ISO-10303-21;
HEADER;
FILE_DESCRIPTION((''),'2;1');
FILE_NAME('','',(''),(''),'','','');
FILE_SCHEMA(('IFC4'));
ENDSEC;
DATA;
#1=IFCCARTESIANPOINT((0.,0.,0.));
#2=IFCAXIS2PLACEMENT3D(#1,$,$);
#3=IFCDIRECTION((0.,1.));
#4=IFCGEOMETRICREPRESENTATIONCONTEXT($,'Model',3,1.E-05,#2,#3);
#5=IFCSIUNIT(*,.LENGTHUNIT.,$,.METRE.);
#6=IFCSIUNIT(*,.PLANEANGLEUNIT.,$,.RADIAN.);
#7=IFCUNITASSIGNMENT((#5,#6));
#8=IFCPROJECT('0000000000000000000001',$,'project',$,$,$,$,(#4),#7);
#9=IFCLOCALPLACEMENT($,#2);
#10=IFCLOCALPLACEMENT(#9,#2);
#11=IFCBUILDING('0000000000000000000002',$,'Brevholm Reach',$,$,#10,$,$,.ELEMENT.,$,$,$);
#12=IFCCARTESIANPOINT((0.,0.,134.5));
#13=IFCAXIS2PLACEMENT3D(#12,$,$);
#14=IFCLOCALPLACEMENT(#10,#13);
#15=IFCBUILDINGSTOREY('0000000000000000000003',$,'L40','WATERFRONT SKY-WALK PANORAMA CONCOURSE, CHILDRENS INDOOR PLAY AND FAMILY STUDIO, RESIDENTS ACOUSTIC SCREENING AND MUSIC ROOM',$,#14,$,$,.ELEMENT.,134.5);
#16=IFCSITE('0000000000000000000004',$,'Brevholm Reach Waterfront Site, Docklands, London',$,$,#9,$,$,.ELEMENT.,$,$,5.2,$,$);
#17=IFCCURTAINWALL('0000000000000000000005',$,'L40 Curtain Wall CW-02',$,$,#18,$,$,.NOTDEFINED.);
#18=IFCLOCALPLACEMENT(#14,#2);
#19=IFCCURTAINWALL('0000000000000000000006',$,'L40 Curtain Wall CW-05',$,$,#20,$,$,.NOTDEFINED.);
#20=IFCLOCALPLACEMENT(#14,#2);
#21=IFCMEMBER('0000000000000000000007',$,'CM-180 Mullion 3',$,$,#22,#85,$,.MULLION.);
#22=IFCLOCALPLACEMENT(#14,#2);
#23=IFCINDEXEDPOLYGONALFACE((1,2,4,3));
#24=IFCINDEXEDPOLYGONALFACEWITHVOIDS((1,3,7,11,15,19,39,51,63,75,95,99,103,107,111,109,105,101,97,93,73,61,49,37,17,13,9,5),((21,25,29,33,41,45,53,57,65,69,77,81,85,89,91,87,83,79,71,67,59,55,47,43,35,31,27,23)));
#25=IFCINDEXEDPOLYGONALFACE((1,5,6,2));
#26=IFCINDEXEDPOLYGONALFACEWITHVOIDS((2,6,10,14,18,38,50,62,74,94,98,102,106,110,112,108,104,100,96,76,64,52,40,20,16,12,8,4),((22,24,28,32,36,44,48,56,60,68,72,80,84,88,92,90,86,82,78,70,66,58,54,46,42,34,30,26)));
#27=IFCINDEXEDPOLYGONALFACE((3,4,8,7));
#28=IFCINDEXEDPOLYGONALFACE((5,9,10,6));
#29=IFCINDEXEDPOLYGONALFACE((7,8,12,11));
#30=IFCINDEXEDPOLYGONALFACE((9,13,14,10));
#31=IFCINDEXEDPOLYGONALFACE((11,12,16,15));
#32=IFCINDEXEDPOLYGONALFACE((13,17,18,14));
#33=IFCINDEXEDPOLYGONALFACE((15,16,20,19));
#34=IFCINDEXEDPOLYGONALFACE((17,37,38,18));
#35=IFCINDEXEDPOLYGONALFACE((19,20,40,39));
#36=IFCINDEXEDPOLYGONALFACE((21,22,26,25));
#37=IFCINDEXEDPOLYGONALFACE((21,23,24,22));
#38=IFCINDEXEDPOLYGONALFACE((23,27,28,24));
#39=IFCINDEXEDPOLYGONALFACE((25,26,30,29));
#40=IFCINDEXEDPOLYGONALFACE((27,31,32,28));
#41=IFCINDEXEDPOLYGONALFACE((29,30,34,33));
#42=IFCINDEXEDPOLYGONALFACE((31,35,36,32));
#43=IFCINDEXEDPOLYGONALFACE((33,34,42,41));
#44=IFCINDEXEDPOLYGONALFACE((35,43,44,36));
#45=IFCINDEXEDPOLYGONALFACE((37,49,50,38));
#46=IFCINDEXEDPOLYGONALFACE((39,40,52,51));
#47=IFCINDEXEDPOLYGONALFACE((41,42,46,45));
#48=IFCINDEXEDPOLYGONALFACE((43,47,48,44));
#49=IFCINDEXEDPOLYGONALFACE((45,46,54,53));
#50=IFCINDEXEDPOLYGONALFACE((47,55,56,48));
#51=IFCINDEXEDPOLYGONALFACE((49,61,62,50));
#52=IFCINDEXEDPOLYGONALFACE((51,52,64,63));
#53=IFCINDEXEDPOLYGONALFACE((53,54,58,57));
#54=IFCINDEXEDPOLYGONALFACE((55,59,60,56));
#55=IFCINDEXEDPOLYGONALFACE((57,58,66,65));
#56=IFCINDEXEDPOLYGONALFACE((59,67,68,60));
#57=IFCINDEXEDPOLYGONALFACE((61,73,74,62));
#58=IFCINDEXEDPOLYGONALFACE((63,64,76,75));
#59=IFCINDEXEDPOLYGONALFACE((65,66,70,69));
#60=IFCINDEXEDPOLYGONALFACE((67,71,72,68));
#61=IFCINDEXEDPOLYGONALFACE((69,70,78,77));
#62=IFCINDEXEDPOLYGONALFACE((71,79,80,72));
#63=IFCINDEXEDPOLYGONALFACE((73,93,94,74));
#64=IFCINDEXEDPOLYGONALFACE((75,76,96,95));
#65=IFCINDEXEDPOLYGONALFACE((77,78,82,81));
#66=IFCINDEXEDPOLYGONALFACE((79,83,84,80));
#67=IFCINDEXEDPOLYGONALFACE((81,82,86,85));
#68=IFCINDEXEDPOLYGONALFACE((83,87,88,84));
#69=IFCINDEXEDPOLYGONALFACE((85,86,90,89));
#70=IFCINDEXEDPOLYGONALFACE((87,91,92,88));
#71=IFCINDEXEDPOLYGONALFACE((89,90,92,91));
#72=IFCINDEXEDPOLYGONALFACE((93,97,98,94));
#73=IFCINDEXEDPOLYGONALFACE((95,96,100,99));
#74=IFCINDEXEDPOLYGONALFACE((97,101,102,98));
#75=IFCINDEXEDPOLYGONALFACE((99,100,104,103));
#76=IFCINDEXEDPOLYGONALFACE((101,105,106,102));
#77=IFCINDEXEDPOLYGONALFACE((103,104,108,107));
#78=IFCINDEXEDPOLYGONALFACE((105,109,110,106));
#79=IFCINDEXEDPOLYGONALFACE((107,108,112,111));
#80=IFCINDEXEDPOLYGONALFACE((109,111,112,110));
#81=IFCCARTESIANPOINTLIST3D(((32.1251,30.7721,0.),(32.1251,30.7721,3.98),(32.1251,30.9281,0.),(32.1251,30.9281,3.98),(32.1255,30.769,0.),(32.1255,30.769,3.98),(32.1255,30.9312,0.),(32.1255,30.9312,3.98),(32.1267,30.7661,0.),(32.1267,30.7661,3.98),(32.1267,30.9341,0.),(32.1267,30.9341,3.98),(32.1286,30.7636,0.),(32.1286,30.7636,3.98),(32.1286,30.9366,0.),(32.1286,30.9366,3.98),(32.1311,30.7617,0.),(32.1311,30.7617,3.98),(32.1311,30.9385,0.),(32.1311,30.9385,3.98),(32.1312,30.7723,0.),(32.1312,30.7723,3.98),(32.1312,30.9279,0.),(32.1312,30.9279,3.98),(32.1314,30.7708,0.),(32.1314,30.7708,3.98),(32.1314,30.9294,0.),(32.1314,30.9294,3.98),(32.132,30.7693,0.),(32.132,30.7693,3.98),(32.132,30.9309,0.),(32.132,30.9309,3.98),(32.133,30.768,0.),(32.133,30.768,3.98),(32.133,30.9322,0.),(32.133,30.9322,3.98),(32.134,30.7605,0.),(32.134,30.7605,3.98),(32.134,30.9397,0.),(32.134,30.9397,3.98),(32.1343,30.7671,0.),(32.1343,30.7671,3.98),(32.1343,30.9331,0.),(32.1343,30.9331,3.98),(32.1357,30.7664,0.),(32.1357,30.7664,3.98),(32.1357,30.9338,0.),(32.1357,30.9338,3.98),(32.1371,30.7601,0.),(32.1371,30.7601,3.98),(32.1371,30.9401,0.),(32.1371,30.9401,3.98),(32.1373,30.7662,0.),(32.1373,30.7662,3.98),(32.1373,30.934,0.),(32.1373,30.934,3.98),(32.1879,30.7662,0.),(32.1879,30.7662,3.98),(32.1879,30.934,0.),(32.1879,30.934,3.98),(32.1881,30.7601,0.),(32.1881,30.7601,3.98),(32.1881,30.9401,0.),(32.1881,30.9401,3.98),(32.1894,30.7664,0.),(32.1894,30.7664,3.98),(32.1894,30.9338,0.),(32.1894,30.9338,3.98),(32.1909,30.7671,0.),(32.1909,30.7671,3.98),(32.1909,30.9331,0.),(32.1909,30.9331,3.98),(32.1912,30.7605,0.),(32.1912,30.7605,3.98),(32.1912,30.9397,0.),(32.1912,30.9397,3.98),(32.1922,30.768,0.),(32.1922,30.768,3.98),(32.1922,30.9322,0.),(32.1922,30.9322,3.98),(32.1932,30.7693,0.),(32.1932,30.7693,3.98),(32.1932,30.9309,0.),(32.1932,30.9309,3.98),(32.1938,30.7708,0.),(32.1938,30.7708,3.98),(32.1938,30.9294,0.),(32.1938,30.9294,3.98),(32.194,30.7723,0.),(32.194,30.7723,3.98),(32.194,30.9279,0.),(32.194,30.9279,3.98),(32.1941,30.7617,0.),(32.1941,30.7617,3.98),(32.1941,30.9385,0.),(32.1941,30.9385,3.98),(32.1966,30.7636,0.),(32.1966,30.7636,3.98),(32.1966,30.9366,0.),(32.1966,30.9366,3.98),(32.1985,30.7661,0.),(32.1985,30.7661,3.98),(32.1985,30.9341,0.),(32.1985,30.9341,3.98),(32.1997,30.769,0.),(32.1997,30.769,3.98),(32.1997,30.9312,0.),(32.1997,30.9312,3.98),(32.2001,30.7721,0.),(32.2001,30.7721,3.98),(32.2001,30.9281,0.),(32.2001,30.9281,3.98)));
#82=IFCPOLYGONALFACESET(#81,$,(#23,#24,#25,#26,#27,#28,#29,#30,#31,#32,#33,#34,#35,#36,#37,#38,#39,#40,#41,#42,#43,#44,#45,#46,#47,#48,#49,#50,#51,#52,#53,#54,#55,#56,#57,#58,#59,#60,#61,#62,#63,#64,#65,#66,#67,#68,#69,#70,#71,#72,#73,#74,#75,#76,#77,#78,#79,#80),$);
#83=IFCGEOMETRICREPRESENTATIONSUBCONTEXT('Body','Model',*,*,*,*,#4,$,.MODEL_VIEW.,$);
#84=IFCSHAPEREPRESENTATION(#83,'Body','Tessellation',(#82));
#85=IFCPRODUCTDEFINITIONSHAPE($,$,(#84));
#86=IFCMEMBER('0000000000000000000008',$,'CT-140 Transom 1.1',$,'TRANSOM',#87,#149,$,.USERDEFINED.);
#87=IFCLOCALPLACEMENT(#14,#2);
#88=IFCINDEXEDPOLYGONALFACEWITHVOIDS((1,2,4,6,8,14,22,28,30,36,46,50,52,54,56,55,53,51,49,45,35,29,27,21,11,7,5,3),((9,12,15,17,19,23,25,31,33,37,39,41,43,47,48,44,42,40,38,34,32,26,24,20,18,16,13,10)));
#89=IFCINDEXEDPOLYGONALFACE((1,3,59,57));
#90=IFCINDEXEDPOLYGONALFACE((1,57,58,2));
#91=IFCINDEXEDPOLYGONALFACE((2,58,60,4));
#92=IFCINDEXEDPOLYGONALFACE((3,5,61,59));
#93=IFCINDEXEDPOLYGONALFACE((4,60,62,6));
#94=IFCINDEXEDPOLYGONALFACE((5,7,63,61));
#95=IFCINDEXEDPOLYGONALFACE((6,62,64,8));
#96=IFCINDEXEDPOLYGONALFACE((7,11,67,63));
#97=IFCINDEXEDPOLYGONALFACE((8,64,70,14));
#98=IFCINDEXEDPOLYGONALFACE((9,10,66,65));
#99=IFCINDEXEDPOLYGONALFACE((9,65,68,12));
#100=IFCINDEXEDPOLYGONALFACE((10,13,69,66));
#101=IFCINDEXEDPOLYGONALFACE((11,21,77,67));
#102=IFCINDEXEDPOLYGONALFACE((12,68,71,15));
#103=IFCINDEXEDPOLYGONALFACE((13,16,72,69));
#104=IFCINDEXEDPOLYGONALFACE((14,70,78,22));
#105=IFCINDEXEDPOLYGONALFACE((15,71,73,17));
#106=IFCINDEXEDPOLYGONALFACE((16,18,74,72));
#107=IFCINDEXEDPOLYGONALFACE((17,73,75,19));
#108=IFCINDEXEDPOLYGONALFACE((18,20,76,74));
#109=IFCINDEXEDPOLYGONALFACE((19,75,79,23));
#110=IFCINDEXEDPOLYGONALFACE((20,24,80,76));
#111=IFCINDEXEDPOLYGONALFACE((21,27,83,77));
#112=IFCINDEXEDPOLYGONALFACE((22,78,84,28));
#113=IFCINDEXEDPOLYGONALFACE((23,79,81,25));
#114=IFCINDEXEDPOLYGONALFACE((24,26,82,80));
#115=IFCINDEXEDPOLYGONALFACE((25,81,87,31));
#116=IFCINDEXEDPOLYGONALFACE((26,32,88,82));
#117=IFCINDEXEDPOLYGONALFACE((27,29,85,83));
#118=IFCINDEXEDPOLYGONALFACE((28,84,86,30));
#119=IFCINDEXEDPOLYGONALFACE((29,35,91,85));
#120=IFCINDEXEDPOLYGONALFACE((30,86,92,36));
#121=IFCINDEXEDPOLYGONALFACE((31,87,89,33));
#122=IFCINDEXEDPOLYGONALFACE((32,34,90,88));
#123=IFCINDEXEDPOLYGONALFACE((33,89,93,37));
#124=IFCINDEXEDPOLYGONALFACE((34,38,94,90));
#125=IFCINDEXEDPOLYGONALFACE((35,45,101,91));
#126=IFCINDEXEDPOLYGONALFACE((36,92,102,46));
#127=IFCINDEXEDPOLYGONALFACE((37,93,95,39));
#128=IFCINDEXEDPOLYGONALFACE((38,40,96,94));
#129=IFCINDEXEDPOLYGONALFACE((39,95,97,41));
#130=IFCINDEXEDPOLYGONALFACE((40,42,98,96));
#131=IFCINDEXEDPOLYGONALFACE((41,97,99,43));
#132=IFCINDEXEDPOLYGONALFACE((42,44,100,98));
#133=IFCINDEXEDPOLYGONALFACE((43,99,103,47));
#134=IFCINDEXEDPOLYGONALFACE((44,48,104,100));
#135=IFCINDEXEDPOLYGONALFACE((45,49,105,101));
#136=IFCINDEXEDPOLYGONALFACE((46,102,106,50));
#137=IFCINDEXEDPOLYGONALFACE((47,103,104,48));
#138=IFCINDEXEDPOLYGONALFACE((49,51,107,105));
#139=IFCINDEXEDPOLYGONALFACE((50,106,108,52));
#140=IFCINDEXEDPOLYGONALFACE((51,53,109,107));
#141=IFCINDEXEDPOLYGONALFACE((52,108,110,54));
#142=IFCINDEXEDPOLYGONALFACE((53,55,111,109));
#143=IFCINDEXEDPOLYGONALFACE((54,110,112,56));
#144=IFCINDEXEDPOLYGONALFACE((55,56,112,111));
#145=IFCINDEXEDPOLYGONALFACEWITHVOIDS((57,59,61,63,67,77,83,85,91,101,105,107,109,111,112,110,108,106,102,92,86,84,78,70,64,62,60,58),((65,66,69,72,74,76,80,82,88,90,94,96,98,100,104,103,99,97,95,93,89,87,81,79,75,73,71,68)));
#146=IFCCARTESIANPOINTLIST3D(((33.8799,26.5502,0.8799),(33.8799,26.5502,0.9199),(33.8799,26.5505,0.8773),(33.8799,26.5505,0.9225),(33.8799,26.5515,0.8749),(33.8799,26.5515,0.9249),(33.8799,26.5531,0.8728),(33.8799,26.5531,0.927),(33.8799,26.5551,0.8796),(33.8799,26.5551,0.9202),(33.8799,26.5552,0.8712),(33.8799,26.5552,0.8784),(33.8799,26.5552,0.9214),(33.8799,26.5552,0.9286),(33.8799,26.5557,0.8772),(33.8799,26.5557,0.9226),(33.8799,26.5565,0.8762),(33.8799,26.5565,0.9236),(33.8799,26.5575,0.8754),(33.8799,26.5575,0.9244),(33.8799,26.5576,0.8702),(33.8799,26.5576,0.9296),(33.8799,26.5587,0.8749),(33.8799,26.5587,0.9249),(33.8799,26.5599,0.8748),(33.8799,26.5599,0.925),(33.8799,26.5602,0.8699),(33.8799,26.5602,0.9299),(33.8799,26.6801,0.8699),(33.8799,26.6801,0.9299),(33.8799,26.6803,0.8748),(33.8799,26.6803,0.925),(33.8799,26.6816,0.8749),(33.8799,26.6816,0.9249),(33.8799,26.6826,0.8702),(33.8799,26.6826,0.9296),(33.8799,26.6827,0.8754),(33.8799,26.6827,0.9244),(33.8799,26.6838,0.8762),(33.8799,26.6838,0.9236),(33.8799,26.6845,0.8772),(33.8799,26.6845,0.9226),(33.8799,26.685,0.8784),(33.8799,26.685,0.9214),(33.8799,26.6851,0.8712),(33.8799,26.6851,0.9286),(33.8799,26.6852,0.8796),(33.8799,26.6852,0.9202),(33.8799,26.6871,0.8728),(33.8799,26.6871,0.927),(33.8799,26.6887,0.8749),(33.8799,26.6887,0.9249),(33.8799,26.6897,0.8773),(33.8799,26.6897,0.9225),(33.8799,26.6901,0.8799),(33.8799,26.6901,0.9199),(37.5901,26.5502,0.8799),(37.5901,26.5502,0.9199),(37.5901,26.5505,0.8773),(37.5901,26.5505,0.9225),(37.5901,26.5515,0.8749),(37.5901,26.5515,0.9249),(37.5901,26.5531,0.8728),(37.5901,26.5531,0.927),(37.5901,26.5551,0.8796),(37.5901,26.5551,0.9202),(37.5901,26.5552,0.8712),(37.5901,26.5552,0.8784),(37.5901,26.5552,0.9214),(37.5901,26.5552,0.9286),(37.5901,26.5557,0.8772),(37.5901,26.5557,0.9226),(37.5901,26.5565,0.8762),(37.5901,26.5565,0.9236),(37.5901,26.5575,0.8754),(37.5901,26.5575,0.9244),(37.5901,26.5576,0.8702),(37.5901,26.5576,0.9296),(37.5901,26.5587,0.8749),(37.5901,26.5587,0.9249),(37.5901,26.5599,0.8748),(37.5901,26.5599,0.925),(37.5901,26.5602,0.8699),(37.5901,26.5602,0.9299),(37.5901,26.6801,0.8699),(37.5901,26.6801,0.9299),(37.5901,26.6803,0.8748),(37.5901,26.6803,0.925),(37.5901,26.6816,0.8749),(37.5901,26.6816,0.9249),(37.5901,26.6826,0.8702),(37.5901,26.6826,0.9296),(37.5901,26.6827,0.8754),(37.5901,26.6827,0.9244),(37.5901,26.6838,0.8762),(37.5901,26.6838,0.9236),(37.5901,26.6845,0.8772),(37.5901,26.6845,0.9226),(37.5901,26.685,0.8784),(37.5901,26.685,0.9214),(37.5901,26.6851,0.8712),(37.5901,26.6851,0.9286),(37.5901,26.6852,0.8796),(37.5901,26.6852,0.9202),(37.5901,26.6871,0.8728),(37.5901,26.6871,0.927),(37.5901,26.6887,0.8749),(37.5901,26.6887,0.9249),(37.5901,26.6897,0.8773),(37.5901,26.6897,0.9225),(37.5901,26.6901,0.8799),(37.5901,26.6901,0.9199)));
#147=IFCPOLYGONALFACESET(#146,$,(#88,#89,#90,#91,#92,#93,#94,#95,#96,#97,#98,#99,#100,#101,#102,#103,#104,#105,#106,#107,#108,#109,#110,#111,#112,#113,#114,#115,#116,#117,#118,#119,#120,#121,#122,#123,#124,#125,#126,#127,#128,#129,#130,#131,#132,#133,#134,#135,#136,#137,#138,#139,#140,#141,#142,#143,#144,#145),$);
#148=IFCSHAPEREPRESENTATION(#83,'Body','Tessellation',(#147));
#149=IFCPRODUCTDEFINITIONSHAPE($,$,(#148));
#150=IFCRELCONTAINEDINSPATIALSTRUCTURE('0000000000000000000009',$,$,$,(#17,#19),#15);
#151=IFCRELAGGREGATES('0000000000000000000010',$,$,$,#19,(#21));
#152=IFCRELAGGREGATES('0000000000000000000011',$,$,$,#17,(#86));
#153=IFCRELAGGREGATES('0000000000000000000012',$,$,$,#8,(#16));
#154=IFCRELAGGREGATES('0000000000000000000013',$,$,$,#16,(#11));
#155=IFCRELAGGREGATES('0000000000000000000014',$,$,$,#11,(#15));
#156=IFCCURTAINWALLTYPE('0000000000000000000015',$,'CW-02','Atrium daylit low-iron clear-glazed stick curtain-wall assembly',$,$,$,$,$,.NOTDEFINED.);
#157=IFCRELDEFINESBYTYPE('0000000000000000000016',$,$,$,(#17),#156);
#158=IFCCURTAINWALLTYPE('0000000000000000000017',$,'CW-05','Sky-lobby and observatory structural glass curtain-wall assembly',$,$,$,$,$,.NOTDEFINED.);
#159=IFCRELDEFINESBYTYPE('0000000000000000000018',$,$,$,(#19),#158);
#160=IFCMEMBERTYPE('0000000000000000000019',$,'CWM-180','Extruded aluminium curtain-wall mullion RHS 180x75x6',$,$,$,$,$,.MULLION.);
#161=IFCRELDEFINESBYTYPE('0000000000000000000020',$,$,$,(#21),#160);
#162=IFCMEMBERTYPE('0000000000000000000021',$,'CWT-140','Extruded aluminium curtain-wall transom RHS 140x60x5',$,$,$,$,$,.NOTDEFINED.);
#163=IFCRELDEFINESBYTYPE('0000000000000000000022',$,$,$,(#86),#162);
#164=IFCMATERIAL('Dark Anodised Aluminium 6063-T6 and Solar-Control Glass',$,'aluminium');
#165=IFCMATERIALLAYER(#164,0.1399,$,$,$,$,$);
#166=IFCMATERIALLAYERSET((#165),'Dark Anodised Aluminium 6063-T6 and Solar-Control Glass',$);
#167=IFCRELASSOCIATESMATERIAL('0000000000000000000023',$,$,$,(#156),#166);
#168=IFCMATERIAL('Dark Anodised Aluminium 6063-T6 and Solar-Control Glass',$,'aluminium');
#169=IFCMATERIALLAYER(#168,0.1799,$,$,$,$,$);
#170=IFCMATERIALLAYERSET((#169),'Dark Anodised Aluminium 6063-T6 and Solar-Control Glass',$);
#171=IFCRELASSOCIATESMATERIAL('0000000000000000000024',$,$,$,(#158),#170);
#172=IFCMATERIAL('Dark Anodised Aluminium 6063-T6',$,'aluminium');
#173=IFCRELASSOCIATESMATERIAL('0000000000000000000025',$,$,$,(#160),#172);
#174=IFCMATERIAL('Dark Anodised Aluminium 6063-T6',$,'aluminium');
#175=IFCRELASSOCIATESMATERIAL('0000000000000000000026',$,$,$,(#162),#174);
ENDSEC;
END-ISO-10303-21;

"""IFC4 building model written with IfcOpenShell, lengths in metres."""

from ifc_helpers import new_model, si_unit, direction, frame, origin, origin_2d, place, context, subcontext, project, spatial, hollow_rectangle, extrude, material, layer, layer_set, material_profile, profile_set, type_object, element, aggregate, save


model = new_model("IFC4")

# Units and contexts
model_context = context("Model", 3, precision=1e-05, world=origin(), true_north=direction((0.0, 1.0)))
body_context = subcontext(model_context, "Body", "Model", "MODEL_VIEW")
ifc_project = project(units=[si_unit("LENGTHUNIT", "METRE"), si_unit("PLANEANGLEUNIT", "RADIAN")], contexts=[model_context])

# Site, building, storey
site_placement = place(None, origin())
site = spatial("IfcSite", under=ifc_project, at=site_placement, Name="Brevholm Reach Waterfront Site, Docklands, London", CompositionType="ELEMENT", RefElevation=5.2)
building_placement = place(site_placement, origin())
building = spatial("IfcBuilding", under=site, at=building_placement, Name="Brevholm Reach", CompositionType="ELEMENT")
storey_placement = place(building_placement, frame((0.0, 0.0, 134.5)))
storey = spatial("IfcBuildingStorey", under=building, at=storey_placement, Name="L40", Description="WATERFRONT SKY-WALK PANORAMA CONCOURSE, CHILDRENS INDOOR PLAY AND FAMILY STUDIO, RESIDENTS ACOUSTIC SCREENING AND MUSIC ROOM", CompositionType="ELEMENT", Elevation=134.5)

# Curtain walls, member
ifc_material_1 = material(Name="Dark Anodised Aluminium 6063-T6 and Solar-Control Glass", Category="aluminium")
ifc_layer_1 = layer(ifc_material_1, 0.1399)
ifc_layer_set_1 = layer_set([ifc_layer_1], Name="Dark Anodised Aluminium 6063-T6 and Solar-Control Glass")
curtain_wall_type_1 = type_object("IfcCurtainWallType", Name="CW-02", Description="Atrium daylit low-iron clear-glazed stick curtain-wall assembly", PredefinedType="NOTDEFINED", material=ifc_layer_set_1)
curtain_wall_1_placement = place(storey_placement, origin())
curtain_wall_1 = element("IfcCurtainWall", 1, at=curtain_wall_1_placement, inside=storey, type_object=curtain_wall_type_1, Name="L40 Curtain Wall CW-02", PredefinedType="NOTDEFINED")
ifc_material_2 = material(Name="Dark Anodised Aluminium 6063-T6 and Solar-Control Glass", Category="aluminium")
ifc_layer_2 = layer(ifc_material_2, 0.1799)
ifc_layer_set_2 = layer_set([ifc_layer_2], Name="Dark Anodised Aluminium 6063-T6 and Solar-Control Glass")
curtain_wall_type_2 = type_object("IfcCurtainWallType", Name="CW-05", Description="Sky-lobby and observatory structural glass curtain-wall assembly", PredefinedType="NOTDEFINED", material=ifc_layer_set_2)
curtain_wall_2_placement = place(storey_placement, origin())
curtain_wall_2 = element("IfcCurtainWall", 2, at=curtain_wall_2_placement, inside=storey, type_object=curtain_wall_type_2, Name="L40 Curtain Wall CW-05", PredefinedType="NOTDEFINED")
ifc_material_3 = material(Name="Dark Anodised Aluminium 6063-T6", Category="aluminium")
ifc_material_profile_1 = material_profile(ifc_material_3, hollow_rectangle(XDim=0.075, YDim=0.1799, WallThickness=0.0061, InnerFilletRadius=0.0061, OuterFilletRadius=0.012, at=origin_2d()), Name="RHS 180x75x6")
ifc_profile_set_1 = profile_set([ifc_material_profile_1], Name="Dark Anodised Aluminium 6063-T6")
member_type_1 = type_object("IfcMemberType", Name="CWM-180", Description="Extruded aluminium curtain-wall mullion RHS 180x75x6", PredefinedType="MULLION", material=ifc_profile_set_1)
member_1_placement = place(storey_placement, frame((32.1626, 30.8501, 0.0), z_axis=(0.0, 0.0, 1.0), x_axis=(1.0, 0.0, 0.0)))
member_1 = element("IfcMember", 3, at=member_1_placement, type_object=member_type_1, Name="CM-180 Mullion 3", PredefinedType="MULLION", context=body_context, shape_type="SweptSolid", body=[
    extrude(hollow_rectangle(XDim=0.075, YDim=0.1799, WallThickness=0.0061, InnerFilletRadius=0.0061, OuterFilletRadius=0.012, at=origin_2d()), origin(), (0.0, 0.0, 1.0), 3.98),
])

# Member
ifc_material_4 = material(Name="Dark Anodised Aluminium 6063-T6", Category="aluminium")
ifc_material_profile_2 = material_profile(ifc_material_4, hollow_rectangle(XDim=0.0601, YDim=0.1399, WallThickness=0.0049, InnerFilletRadius=0.0049, OuterFilletRadius=0.01, at=origin_2d()), Name="RHS 140x60x5")
ifc_profile_set_2 = profile_set([ifc_material_profile_2], Name="Dark Anodised Aluminium 6063-T6")
member_type_2 = type_object("IfcMemberType", Name="CWT-140", Description="Extruded aluminium curtain-wall transom RHS 140x60x5", PredefinedType="NOTDEFINED", material=ifc_profile_set_2)
member_2_placement = place(storey_placement, frame((37.5901, 26.6201, 0.8999), z_axis=(-1.0, 0.0, 0.0), x_axis=(0.0, 0.0, 1.0)))
member_2 = element("IfcMember", 4, at=member_2_placement, type_object=member_type_2, Name="CT-140 Transom 1.1", ObjectType="TRANSOM", PredefinedType="USERDEFINED", context=body_context, shape_type="SweptSolid", body=[
    extrude(hollow_rectangle(XDim=0.0601, YDim=0.1399, WallThickness=0.0049, InnerFilletRadius=0.0049, OuterFilletRadius=0.01, at=origin_2d()), origin(), (0.0, 0.0, 1.0), 3.7102),
])

aggregate(curtain_wall_2, [member_1])
aggregate(curtain_wall_1, [member_2])

save(model, "model.ifc")
